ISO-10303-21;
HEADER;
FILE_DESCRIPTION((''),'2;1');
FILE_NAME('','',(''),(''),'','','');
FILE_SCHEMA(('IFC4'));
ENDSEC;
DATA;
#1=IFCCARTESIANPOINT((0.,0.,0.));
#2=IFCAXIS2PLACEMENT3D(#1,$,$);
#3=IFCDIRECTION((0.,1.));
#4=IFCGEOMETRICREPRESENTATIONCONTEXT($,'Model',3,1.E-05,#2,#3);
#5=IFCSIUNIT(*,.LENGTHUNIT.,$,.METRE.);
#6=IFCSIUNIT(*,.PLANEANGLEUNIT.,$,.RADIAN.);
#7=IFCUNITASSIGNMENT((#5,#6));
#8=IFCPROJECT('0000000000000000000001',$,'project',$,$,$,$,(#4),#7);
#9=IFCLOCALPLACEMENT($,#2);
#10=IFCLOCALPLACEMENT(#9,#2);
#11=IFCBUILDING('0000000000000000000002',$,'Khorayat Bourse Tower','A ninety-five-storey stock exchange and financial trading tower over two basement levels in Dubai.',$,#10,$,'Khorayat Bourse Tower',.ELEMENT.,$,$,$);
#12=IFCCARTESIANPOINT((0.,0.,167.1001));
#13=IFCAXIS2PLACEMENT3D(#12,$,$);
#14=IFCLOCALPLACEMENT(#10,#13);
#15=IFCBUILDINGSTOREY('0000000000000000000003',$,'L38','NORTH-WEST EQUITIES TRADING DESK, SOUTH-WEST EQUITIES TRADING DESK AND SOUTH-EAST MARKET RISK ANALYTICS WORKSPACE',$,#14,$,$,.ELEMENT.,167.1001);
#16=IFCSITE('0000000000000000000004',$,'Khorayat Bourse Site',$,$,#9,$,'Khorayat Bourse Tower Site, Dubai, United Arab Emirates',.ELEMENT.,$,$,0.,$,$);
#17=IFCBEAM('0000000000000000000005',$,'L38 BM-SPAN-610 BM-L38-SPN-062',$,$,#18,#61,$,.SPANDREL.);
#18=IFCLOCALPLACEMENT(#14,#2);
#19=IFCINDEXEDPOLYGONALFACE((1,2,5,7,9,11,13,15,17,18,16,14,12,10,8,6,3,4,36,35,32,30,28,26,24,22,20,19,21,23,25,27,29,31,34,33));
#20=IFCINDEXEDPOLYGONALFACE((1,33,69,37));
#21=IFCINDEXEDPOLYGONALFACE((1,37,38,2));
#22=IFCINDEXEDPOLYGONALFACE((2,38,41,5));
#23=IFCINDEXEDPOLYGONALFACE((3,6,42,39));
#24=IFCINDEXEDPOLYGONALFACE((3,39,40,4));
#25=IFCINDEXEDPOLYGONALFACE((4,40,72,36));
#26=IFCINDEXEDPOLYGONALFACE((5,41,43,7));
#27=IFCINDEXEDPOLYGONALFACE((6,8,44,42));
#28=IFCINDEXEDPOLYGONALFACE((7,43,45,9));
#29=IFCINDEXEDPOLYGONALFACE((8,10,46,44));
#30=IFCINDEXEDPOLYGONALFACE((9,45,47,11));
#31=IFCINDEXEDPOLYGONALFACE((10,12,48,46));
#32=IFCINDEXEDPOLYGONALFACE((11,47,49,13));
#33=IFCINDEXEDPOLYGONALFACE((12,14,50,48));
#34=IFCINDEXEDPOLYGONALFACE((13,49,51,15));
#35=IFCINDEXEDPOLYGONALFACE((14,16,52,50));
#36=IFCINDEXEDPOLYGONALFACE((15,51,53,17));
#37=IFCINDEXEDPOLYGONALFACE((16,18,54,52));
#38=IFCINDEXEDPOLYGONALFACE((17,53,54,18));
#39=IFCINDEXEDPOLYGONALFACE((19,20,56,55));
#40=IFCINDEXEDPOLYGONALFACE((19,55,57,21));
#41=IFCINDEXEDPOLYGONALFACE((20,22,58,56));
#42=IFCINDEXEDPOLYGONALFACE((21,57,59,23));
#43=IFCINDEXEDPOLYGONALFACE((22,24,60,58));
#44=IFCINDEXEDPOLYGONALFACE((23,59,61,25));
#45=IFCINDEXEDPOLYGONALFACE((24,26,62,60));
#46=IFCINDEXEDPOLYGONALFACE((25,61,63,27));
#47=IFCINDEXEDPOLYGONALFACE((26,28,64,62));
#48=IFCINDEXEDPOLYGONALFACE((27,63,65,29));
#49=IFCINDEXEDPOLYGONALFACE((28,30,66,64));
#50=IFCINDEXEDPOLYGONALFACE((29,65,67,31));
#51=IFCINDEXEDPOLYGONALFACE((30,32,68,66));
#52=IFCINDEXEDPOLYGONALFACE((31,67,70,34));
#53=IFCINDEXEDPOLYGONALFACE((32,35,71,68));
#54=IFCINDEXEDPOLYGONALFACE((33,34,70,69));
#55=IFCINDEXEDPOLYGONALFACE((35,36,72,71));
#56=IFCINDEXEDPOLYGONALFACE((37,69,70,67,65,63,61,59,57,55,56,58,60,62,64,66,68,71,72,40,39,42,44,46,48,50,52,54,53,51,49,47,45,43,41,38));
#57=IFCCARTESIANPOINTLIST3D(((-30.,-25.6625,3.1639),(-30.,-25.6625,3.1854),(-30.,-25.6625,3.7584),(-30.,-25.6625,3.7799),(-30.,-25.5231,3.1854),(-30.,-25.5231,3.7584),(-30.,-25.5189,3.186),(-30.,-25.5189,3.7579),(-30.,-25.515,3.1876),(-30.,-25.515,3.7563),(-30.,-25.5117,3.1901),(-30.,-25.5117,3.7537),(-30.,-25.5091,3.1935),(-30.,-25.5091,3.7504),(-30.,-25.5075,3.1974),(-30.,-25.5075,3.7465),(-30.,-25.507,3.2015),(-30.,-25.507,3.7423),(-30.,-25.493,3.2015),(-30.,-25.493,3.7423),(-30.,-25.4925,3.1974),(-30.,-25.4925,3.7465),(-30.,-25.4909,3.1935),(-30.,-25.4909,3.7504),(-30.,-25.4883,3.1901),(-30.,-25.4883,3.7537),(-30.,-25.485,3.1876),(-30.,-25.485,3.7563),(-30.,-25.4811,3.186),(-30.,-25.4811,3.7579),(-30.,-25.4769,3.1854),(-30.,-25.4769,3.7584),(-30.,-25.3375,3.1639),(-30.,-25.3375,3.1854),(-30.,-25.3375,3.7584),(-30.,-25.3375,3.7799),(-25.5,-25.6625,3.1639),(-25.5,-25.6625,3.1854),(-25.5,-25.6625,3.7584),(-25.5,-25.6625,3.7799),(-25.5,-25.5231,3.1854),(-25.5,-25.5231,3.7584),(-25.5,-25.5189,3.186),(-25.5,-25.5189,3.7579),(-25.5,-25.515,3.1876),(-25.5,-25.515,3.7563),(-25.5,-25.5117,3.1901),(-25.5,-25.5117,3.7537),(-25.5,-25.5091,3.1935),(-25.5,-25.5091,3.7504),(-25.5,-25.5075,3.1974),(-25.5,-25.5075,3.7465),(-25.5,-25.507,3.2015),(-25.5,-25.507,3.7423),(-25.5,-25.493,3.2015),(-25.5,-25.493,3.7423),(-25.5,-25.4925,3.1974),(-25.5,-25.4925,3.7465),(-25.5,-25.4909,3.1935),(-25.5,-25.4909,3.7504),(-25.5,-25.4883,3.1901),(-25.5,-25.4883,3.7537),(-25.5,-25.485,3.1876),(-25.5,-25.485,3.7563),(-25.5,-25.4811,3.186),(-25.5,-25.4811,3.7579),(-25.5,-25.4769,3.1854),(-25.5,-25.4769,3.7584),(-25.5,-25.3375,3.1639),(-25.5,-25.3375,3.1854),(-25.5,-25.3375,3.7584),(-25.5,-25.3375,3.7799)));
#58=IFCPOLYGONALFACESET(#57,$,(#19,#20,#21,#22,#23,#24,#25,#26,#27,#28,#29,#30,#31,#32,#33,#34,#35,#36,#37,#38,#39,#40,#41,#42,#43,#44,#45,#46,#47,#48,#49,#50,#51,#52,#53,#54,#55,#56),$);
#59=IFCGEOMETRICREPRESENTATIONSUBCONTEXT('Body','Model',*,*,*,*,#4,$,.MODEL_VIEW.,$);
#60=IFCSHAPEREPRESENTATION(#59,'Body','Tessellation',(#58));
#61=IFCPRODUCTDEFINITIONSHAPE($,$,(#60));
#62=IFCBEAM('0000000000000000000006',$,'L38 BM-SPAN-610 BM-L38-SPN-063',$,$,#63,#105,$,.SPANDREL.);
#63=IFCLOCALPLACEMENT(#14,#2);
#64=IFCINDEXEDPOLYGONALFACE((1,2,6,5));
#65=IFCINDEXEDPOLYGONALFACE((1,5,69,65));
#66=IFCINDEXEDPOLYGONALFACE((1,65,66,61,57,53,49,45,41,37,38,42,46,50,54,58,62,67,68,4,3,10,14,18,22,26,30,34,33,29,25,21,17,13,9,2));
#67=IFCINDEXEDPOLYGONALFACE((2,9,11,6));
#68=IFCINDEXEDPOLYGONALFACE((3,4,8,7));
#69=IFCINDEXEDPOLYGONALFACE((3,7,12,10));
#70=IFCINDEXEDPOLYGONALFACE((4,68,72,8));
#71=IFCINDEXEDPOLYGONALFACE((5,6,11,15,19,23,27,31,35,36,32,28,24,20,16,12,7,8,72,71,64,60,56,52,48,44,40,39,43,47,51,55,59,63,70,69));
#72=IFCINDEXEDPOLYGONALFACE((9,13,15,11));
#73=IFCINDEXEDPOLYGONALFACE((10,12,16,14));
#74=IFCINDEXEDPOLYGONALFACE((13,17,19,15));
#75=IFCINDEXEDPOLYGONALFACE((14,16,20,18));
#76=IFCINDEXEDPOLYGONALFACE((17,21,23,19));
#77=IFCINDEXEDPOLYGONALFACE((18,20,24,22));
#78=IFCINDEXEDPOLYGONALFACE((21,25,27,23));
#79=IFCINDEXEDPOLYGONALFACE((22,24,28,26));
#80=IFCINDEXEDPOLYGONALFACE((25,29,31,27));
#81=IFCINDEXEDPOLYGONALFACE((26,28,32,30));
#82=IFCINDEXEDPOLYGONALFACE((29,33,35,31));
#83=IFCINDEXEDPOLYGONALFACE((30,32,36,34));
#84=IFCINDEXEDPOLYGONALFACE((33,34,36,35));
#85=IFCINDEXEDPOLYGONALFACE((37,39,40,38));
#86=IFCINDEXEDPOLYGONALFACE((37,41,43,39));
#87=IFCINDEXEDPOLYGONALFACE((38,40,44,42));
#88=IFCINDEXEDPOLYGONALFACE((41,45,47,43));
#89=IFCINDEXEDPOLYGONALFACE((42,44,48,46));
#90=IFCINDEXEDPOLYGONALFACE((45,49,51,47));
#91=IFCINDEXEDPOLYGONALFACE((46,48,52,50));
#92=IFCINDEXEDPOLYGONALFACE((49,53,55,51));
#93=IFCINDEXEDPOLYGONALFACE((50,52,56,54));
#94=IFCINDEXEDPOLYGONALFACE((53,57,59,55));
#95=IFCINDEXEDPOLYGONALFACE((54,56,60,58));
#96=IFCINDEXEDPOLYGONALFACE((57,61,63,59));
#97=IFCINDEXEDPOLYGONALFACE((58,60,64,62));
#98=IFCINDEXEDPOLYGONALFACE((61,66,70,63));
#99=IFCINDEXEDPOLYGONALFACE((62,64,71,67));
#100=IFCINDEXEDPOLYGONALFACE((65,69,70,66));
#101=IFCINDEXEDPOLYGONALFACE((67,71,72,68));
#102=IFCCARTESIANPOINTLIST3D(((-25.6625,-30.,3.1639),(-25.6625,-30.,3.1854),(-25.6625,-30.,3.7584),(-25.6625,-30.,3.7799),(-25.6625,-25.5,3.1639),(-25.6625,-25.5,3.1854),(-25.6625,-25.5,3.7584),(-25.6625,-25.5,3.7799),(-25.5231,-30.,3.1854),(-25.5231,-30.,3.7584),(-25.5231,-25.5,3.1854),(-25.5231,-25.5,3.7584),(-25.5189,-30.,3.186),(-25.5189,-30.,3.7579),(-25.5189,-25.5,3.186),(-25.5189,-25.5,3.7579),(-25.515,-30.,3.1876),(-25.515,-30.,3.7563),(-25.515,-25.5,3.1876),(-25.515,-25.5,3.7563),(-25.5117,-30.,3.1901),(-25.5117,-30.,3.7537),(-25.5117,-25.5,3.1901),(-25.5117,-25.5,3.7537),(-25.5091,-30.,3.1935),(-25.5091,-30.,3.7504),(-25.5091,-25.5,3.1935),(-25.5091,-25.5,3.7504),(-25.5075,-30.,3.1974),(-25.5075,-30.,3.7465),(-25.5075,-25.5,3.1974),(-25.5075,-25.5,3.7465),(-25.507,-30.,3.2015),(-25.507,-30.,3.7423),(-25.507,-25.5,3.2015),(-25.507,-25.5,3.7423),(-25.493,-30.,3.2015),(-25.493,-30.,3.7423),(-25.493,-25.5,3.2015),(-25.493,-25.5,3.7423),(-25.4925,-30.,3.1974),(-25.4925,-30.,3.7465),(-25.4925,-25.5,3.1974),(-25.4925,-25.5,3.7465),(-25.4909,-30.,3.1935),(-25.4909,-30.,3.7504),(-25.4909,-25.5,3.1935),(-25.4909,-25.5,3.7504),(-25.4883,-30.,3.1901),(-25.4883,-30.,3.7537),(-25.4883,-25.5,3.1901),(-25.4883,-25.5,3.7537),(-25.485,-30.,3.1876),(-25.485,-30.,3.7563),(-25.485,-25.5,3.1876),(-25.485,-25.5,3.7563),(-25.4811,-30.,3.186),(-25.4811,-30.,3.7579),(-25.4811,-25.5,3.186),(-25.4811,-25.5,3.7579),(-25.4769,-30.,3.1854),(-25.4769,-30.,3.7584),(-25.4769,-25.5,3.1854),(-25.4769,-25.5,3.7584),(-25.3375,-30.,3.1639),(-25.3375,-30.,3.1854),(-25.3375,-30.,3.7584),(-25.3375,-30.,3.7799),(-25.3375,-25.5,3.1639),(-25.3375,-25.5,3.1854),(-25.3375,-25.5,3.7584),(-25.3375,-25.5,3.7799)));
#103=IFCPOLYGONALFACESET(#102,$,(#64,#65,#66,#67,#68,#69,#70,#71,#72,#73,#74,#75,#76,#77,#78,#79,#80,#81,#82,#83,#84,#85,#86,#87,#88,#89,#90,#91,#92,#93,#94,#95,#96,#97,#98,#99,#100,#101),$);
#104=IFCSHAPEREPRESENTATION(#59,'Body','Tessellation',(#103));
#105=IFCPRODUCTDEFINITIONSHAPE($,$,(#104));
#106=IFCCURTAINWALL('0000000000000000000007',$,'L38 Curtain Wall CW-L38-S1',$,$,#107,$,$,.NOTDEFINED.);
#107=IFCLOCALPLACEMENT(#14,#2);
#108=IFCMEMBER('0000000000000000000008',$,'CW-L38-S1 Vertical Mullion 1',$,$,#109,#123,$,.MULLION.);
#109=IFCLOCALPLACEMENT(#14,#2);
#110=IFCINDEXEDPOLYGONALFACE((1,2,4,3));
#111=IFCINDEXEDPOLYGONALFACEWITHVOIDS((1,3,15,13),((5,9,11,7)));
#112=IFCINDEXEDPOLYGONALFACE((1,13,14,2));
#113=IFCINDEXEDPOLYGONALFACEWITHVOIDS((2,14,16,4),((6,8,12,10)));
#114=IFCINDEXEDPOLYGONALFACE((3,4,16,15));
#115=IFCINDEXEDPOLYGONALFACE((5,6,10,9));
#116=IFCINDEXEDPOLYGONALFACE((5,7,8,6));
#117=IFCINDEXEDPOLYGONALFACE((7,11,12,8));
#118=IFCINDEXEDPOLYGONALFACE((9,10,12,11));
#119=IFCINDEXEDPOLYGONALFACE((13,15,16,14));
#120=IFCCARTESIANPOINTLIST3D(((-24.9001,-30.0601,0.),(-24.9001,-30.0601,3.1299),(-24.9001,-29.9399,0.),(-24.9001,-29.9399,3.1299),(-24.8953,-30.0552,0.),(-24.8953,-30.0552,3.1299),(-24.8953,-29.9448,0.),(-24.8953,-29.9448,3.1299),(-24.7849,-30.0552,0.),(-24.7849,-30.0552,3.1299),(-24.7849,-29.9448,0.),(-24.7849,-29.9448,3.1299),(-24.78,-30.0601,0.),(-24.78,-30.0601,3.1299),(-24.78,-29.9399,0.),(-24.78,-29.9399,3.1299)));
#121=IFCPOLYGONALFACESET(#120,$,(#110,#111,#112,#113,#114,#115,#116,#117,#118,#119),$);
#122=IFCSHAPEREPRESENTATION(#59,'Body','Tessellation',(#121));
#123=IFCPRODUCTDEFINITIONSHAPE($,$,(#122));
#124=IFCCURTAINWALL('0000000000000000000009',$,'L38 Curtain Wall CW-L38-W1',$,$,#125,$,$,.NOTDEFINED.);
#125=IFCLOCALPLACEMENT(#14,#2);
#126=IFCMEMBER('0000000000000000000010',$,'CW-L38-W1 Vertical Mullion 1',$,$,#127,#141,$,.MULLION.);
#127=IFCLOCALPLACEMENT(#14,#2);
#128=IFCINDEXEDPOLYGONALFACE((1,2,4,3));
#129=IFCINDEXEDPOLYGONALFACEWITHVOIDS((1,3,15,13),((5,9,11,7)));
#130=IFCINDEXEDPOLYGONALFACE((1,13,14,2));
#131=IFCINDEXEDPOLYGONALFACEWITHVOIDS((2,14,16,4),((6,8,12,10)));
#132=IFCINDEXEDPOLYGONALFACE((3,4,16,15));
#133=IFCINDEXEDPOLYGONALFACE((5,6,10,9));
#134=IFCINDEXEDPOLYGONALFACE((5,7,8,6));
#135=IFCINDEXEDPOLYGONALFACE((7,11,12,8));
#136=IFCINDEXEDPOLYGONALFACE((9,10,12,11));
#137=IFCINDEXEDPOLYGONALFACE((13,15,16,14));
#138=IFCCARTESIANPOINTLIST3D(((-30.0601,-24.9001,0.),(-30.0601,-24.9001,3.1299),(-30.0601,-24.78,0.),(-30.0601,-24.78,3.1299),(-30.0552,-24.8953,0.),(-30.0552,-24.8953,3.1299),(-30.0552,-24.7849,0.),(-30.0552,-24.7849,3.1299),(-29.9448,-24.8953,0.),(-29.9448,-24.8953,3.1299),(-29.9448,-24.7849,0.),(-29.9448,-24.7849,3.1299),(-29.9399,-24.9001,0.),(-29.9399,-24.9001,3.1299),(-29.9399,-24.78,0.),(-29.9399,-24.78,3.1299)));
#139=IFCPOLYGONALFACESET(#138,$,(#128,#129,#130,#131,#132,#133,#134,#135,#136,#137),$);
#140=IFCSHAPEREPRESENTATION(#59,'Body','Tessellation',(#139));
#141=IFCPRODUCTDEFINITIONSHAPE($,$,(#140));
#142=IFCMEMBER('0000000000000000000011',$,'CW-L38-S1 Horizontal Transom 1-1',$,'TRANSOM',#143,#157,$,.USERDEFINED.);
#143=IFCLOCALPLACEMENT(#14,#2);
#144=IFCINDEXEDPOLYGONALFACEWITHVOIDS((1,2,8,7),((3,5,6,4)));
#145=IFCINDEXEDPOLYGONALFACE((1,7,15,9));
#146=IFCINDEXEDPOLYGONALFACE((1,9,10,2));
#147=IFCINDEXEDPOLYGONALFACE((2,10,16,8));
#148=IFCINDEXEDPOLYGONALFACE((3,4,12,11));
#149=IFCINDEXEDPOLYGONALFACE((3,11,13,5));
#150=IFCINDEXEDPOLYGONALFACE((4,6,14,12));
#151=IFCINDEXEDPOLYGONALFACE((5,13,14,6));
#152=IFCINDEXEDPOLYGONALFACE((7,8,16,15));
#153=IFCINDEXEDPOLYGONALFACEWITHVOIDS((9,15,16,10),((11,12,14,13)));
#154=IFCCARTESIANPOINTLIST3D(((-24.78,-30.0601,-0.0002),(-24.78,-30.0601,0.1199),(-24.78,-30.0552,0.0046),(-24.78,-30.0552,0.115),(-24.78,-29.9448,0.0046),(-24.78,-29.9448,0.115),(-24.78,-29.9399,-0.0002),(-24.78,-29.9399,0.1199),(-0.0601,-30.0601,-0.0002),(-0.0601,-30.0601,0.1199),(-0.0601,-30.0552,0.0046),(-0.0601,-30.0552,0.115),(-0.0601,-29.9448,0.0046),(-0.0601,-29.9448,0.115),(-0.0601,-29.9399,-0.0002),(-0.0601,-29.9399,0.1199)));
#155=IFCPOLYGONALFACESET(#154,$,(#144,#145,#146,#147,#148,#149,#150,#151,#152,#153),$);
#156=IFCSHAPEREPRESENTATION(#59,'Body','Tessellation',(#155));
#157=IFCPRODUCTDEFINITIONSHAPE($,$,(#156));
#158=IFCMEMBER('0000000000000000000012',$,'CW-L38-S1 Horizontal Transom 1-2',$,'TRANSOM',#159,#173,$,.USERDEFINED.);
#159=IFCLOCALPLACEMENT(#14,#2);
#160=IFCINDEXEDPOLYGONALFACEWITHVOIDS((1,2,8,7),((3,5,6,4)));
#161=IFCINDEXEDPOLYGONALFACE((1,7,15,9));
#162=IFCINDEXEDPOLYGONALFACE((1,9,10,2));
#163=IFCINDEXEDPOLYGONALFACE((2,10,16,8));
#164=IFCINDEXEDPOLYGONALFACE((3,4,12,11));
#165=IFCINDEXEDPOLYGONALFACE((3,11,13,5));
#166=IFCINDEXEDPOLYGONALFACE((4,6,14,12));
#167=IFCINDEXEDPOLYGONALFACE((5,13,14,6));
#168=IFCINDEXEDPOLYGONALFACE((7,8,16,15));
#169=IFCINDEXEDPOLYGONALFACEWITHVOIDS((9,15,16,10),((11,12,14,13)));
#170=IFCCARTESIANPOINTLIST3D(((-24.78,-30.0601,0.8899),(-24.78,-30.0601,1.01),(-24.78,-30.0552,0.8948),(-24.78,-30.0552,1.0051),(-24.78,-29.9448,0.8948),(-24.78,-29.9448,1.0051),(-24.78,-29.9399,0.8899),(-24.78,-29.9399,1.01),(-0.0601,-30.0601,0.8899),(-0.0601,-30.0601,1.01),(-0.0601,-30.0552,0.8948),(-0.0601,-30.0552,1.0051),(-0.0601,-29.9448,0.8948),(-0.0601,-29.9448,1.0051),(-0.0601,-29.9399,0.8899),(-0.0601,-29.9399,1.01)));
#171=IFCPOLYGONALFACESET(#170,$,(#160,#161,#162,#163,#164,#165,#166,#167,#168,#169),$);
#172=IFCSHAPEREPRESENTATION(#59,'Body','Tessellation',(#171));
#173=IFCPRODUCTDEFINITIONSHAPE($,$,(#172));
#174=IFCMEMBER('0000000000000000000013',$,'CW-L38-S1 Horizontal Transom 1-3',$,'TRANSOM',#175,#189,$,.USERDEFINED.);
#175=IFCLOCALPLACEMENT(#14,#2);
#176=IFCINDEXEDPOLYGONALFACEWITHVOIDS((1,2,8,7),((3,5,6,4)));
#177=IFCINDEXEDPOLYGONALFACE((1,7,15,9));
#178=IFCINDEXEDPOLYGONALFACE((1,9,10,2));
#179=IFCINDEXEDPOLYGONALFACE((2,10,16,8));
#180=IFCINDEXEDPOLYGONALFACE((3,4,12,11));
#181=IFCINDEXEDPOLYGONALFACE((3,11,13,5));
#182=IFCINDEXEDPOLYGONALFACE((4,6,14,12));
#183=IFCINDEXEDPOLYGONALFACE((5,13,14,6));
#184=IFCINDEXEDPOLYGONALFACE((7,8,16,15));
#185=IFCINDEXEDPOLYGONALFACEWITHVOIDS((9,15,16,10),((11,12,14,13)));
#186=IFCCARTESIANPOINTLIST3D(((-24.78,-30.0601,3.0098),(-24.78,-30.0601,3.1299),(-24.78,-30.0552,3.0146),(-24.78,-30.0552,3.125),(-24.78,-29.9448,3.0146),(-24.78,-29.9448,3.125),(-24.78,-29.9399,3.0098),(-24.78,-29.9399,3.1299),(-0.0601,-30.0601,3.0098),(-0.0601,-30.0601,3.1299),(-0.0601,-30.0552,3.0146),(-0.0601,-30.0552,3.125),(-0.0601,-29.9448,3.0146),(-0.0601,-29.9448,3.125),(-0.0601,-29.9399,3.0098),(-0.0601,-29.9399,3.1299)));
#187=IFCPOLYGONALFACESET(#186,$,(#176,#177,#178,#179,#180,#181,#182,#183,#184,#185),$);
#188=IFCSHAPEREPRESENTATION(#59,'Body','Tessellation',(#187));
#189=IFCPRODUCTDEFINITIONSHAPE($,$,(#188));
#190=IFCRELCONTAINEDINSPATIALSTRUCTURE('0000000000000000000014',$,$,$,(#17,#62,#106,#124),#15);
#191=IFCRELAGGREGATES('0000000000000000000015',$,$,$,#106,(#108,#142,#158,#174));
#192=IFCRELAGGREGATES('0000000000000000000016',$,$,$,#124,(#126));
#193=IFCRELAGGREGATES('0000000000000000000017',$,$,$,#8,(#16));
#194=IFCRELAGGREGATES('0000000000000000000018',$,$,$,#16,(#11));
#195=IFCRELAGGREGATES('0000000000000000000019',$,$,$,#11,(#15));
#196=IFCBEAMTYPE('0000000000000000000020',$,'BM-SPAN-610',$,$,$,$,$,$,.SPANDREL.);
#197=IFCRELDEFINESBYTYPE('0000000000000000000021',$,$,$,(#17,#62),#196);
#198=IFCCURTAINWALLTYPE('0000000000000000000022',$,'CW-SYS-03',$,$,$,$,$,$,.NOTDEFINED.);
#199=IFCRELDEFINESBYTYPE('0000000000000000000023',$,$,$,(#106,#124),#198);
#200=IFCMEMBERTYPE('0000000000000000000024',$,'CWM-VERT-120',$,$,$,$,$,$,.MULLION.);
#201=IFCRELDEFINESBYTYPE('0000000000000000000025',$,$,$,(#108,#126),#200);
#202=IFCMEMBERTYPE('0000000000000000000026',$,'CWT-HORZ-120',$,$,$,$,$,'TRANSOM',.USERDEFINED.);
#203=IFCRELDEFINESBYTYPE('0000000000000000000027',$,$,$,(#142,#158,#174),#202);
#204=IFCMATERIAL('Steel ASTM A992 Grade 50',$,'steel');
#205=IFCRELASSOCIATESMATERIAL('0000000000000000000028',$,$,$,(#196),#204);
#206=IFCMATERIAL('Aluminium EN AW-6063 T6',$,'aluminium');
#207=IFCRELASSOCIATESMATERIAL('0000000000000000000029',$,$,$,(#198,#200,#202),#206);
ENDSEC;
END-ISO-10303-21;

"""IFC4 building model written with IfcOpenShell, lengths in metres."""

from ifc_helpers import new_model, si_unit, direction, frame, origin, origin_2d, place, context, subcontext, project, spatial, hollow_rectangle, i_section, extrude, source, transform, mapped, material, material_profile, profile_set, type_object, element, aggregate, save


model = new_model("IFC4")

# Units and contexts
model_context = context("Model", 3, precision=1e-05, world=origin(), true_north=direction((0.0, 1.0)))
body_context = subcontext(model_context, "Body", "Model", "MODEL_VIEW")
ifc_project = project(units=[si_unit("LENGTHUNIT", "METRE"), si_unit("PLANEANGLEUNIT", "RADIAN")], contexts=[model_context])

# Site, building, storey
site_placement = place(None, origin())
site = spatial("IfcSite", under=ifc_project, at=site_placement, Name="Khorayat Bourse Site", LongName="Khorayat Bourse Tower Site, Dubai, United Arab Emirates", CompositionType="ELEMENT", RefElevation=0.0)
building_placement = place(site_placement, origin())
building = spatial("IfcBuilding", under=site, at=building_placement, Name="Khorayat Bourse Tower", Description="A ninety-five-storey stock exchange and financial trading tower over two basement levels in Dubai.", LongName="Khorayat Bourse Tower", CompositionType="ELEMENT")
storey_placement = place(building_placement, frame((0.0, 0.0, 167.1001)))
storey = spatial("IfcBuildingStorey", under=building, at=storey_placement, Name="L38", Description="NORTH-WEST EQUITIES TRADING DESK, SOUTH-WEST EQUITIES TRADING DESK AND SOUTH-EAST MARKET RISK ANALYTICS WORKSPACE", CompositionType="ELEMENT", Elevation=167.1001)

# Beams
ifc_material_1 = material(Name="Steel ASTM A992 Grade 50", Category="steel")
ifc_material_profile_1 = material_profile(ifc_material_1, i_section(OverallWidth=0.325, OverallDepth=0.616, WebThickness=0.0139, FlangeThickness=0.0215, FilletRadius=0.0161, at=origin_2d()), Name="W610X174")
ifc_profile_set_1 = profile_set([ifc_material_profile_1], Name="Steel ASTM A992 Grade 50")
beam_type_1 = type_object("IfcBeamType", Name="BM-SPAN-610", PredefinedType="SPANDREL", material=ifc_profile_set_1)
shared_shape_1 = source(origin(), body_context, "Body", "SweptSolid", [
    extrude(i_section(OverallWidth=0.325, OverallDepth=0.616, WebThickness=0.0139, FlangeThickness=0.0215, FilletRadius=0.0161, at=origin_2d()), origin(), (0.0, 0.0, 1.0), 4.5),
])
for number, where, z_axis, x_axis, name in (
    (1, (-30.0, -25.5, 3.4719), (1.0, 0.0, 0.0), (0.0, 1.0, 0.0), "L38 BM-SPAN-610 BM-L38-SPN-062"),
    (2, (-25.5, -30.0, 3.4719), (0.0, 1.0, 0.0), (-1.0, 0.0, 0.0), "L38 BM-SPAN-610 BM-L38-SPN-063"),
):
    element("IfcBeam", number, at=place(storey_placement, frame(where, z_axis=z_axis, x_axis=x_axis)), inside=storey, type_object=beam_type_1, Name=name, PredefinedType="SPANDREL", context=body_context, shape_type="MappedRepresentation", body=[
        mapped(shared_shape_1, transform((0.0, 0.0, 0.0), scale=1.0)),
    ])

# Curtain walls, members
ifc_material_2 = material(Name="Aluminium EN AW-6063 T6", Category="aluminium")
curtain_wall_type = type_object("IfcCurtainWallType", Name="CW-SYS-03", PredefinedType="NOTDEFINED", material=ifc_material_2)
curtain_wall_1_placement = place(storey_placement, origin())
curtain_wall_1 = element("IfcCurtainWall", 3, at=curtain_wall_1_placement, inside=storey, type_object=curtain_wall_type, Name="L38 Curtain Wall CW-L38-S1", PredefinedType="NOTDEFINED")
ifc_material_profile_2 = material_profile(ifc_material_2, hollow_rectangle(XDim=0.1201, YDim=0.1201, WallThickness=0.0049, at=origin_2d()), Name="ALU 120x120x5")
ifc_profile_set_2 = profile_set([ifc_material_profile_2], Name="Aluminium EN AW-6063 T6")
member_type_1 = type_object("IfcMemberType", Name="CWM-VERT-120", PredefinedType="MULLION", material=ifc_profile_set_2)
shared_shape_2 = source(origin(), body_context, "Body", "SweptSolid", [
    extrude(hollow_rectangle(XDim=0.1201, YDim=0.1201, WallThickness=0.0049, at=origin_2d()), origin(), (0.0, 0.0, 1.0), 3.1299),
])
member_1_placement = place(storey_placement, frame((-24.8401, -30.0, 0.0), z_axis=(0.0, 0.0, 1.0), x_axis=(0.0, 1.0, 0.0)))
member_1 = element("IfcMember", 4, at=member_1_placement, type_object=member_type_1, Name="CW-L38-S1 Vertical Mullion 1", PredefinedType="MULLION", context=body_context, shape_type="MappedRepresentation", body=[
    mapped(shared_shape_2, transform((0.0, 0.0, 0.0), scale=1.0)),
])
curtain_wall_2_placement = place(storey_placement, origin())
curtain_wall_2 = element("IfcCurtainWall", 5, at=curtain_wall_2_placement, inside=storey, type_object=curtain_wall_type, Name="L38 Curtain Wall CW-L38-W1", PredefinedType="NOTDEFINED")
member_2_placement = place(storey_placement, frame((-30.0, -24.8401, 0.0), z_axis=(0.0, 0.0, 1.0), x_axis=(-1.0, 0.0, 0.0)))
member_2 = element("IfcMember", 6, at=member_2_placement, type_object=member_type_1, Name="CW-L38-W1 Vertical Mullion 1", PredefinedType="MULLION", context=body_context, shape_type="MappedRepresentation", body=[
    mapped(shared_shape_2, transform((0.0, 0.0, 0.0), scale=1.0)),
])

# Members
ifc_material_profile_3 = material_profile(ifc_material_2, hollow_rectangle(XDim=0.1201, YDim=0.1201, WallThickness=0.0049, at=origin_2d()), Name="ALU 120x120x5")
ifc_profile_set_3 = profile_set([ifc_material_profile_3], Name="Aluminium EN AW-6063 T6")
member_type_2 = type_object("IfcMemberType", Name="CWT-HORZ-120", ElementType="TRANSOM", PredefinedType="USERDEFINED", material=ifc_profile_set_3)
shared_shape_3 = source(origin(), body_context, "Body", "SweptSolid", [
    extrude(hollow_rectangle(XDim=0.1201, YDim=0.1201, WallThickness=0.0049, at=origin_2d()), origin(), (0.0, 0.0, 1.0), 24.72),
])
member_3_placement = place(storey_placement, frame((-24.78, -30.0, 0.0598), z_axis=(1.0, 0.0, 0.0), x_axis=(0.0, 1.0, 0.0)))
member_3 = element("IfcMember", 7, at=member_3_placement, type_object=member_type_2, Name="CW-L38-S1 Horizontal Transom 1-1", ObjectType="TRANSOM", PredefinedType="USERDEFINED", context=body_context, shape_type="MappedRepresentation", body=[
    mapped(shared_shape_3, transform((0.0, 0.0, 0.0), scale=1.0)),
])
member_4_placement = place(storey_placement, frame((-24.78, -30.0, 0.95), z_axis=(1.0, 0.0, 0.0), x_axis=(0.0, 1.0, 0.0)))
member_4 = element("IfcMember", 8, at=member_4_placement, type_object=member_type_2, Name="CW-L38-S1 Horizontal Transom 1-2", ObjectType="TRANSOM", PredefinedType="USERDEFINED", context=body_context, shape_type="MappedRepresentation", body=[
    mapped(shared_shape_3, transform((0.0, 0.0, 0.0), scale=1.0)),
])
member_5_placement = place(storey_placement, frame((-24.78, -30.0, 3.0698), z_axis=(1.0, 0.0, 0.0), x_axis=(0.0, 1.0, 0.0)))
member_5 = element("IfcMember", 9, at=member_5_placement, type_object=member_type_2, Name="CW-L38-S1 Horizontal Transom 1-3", ObjectType="TRANSOM", PredefinedType="USERDEFINED", context=body_context, shape_type="MappedRepresentation", body=[
    mapped(shared_shape_3, transform((0.0, 0.0, 0.0), scale=1.0)),
])
aggregate(curtain_wall_1, [member_1, member_3, member_4, member_5])
aggregate(curtain_wall_2, [member_2])

save(model, "model.ifc")
